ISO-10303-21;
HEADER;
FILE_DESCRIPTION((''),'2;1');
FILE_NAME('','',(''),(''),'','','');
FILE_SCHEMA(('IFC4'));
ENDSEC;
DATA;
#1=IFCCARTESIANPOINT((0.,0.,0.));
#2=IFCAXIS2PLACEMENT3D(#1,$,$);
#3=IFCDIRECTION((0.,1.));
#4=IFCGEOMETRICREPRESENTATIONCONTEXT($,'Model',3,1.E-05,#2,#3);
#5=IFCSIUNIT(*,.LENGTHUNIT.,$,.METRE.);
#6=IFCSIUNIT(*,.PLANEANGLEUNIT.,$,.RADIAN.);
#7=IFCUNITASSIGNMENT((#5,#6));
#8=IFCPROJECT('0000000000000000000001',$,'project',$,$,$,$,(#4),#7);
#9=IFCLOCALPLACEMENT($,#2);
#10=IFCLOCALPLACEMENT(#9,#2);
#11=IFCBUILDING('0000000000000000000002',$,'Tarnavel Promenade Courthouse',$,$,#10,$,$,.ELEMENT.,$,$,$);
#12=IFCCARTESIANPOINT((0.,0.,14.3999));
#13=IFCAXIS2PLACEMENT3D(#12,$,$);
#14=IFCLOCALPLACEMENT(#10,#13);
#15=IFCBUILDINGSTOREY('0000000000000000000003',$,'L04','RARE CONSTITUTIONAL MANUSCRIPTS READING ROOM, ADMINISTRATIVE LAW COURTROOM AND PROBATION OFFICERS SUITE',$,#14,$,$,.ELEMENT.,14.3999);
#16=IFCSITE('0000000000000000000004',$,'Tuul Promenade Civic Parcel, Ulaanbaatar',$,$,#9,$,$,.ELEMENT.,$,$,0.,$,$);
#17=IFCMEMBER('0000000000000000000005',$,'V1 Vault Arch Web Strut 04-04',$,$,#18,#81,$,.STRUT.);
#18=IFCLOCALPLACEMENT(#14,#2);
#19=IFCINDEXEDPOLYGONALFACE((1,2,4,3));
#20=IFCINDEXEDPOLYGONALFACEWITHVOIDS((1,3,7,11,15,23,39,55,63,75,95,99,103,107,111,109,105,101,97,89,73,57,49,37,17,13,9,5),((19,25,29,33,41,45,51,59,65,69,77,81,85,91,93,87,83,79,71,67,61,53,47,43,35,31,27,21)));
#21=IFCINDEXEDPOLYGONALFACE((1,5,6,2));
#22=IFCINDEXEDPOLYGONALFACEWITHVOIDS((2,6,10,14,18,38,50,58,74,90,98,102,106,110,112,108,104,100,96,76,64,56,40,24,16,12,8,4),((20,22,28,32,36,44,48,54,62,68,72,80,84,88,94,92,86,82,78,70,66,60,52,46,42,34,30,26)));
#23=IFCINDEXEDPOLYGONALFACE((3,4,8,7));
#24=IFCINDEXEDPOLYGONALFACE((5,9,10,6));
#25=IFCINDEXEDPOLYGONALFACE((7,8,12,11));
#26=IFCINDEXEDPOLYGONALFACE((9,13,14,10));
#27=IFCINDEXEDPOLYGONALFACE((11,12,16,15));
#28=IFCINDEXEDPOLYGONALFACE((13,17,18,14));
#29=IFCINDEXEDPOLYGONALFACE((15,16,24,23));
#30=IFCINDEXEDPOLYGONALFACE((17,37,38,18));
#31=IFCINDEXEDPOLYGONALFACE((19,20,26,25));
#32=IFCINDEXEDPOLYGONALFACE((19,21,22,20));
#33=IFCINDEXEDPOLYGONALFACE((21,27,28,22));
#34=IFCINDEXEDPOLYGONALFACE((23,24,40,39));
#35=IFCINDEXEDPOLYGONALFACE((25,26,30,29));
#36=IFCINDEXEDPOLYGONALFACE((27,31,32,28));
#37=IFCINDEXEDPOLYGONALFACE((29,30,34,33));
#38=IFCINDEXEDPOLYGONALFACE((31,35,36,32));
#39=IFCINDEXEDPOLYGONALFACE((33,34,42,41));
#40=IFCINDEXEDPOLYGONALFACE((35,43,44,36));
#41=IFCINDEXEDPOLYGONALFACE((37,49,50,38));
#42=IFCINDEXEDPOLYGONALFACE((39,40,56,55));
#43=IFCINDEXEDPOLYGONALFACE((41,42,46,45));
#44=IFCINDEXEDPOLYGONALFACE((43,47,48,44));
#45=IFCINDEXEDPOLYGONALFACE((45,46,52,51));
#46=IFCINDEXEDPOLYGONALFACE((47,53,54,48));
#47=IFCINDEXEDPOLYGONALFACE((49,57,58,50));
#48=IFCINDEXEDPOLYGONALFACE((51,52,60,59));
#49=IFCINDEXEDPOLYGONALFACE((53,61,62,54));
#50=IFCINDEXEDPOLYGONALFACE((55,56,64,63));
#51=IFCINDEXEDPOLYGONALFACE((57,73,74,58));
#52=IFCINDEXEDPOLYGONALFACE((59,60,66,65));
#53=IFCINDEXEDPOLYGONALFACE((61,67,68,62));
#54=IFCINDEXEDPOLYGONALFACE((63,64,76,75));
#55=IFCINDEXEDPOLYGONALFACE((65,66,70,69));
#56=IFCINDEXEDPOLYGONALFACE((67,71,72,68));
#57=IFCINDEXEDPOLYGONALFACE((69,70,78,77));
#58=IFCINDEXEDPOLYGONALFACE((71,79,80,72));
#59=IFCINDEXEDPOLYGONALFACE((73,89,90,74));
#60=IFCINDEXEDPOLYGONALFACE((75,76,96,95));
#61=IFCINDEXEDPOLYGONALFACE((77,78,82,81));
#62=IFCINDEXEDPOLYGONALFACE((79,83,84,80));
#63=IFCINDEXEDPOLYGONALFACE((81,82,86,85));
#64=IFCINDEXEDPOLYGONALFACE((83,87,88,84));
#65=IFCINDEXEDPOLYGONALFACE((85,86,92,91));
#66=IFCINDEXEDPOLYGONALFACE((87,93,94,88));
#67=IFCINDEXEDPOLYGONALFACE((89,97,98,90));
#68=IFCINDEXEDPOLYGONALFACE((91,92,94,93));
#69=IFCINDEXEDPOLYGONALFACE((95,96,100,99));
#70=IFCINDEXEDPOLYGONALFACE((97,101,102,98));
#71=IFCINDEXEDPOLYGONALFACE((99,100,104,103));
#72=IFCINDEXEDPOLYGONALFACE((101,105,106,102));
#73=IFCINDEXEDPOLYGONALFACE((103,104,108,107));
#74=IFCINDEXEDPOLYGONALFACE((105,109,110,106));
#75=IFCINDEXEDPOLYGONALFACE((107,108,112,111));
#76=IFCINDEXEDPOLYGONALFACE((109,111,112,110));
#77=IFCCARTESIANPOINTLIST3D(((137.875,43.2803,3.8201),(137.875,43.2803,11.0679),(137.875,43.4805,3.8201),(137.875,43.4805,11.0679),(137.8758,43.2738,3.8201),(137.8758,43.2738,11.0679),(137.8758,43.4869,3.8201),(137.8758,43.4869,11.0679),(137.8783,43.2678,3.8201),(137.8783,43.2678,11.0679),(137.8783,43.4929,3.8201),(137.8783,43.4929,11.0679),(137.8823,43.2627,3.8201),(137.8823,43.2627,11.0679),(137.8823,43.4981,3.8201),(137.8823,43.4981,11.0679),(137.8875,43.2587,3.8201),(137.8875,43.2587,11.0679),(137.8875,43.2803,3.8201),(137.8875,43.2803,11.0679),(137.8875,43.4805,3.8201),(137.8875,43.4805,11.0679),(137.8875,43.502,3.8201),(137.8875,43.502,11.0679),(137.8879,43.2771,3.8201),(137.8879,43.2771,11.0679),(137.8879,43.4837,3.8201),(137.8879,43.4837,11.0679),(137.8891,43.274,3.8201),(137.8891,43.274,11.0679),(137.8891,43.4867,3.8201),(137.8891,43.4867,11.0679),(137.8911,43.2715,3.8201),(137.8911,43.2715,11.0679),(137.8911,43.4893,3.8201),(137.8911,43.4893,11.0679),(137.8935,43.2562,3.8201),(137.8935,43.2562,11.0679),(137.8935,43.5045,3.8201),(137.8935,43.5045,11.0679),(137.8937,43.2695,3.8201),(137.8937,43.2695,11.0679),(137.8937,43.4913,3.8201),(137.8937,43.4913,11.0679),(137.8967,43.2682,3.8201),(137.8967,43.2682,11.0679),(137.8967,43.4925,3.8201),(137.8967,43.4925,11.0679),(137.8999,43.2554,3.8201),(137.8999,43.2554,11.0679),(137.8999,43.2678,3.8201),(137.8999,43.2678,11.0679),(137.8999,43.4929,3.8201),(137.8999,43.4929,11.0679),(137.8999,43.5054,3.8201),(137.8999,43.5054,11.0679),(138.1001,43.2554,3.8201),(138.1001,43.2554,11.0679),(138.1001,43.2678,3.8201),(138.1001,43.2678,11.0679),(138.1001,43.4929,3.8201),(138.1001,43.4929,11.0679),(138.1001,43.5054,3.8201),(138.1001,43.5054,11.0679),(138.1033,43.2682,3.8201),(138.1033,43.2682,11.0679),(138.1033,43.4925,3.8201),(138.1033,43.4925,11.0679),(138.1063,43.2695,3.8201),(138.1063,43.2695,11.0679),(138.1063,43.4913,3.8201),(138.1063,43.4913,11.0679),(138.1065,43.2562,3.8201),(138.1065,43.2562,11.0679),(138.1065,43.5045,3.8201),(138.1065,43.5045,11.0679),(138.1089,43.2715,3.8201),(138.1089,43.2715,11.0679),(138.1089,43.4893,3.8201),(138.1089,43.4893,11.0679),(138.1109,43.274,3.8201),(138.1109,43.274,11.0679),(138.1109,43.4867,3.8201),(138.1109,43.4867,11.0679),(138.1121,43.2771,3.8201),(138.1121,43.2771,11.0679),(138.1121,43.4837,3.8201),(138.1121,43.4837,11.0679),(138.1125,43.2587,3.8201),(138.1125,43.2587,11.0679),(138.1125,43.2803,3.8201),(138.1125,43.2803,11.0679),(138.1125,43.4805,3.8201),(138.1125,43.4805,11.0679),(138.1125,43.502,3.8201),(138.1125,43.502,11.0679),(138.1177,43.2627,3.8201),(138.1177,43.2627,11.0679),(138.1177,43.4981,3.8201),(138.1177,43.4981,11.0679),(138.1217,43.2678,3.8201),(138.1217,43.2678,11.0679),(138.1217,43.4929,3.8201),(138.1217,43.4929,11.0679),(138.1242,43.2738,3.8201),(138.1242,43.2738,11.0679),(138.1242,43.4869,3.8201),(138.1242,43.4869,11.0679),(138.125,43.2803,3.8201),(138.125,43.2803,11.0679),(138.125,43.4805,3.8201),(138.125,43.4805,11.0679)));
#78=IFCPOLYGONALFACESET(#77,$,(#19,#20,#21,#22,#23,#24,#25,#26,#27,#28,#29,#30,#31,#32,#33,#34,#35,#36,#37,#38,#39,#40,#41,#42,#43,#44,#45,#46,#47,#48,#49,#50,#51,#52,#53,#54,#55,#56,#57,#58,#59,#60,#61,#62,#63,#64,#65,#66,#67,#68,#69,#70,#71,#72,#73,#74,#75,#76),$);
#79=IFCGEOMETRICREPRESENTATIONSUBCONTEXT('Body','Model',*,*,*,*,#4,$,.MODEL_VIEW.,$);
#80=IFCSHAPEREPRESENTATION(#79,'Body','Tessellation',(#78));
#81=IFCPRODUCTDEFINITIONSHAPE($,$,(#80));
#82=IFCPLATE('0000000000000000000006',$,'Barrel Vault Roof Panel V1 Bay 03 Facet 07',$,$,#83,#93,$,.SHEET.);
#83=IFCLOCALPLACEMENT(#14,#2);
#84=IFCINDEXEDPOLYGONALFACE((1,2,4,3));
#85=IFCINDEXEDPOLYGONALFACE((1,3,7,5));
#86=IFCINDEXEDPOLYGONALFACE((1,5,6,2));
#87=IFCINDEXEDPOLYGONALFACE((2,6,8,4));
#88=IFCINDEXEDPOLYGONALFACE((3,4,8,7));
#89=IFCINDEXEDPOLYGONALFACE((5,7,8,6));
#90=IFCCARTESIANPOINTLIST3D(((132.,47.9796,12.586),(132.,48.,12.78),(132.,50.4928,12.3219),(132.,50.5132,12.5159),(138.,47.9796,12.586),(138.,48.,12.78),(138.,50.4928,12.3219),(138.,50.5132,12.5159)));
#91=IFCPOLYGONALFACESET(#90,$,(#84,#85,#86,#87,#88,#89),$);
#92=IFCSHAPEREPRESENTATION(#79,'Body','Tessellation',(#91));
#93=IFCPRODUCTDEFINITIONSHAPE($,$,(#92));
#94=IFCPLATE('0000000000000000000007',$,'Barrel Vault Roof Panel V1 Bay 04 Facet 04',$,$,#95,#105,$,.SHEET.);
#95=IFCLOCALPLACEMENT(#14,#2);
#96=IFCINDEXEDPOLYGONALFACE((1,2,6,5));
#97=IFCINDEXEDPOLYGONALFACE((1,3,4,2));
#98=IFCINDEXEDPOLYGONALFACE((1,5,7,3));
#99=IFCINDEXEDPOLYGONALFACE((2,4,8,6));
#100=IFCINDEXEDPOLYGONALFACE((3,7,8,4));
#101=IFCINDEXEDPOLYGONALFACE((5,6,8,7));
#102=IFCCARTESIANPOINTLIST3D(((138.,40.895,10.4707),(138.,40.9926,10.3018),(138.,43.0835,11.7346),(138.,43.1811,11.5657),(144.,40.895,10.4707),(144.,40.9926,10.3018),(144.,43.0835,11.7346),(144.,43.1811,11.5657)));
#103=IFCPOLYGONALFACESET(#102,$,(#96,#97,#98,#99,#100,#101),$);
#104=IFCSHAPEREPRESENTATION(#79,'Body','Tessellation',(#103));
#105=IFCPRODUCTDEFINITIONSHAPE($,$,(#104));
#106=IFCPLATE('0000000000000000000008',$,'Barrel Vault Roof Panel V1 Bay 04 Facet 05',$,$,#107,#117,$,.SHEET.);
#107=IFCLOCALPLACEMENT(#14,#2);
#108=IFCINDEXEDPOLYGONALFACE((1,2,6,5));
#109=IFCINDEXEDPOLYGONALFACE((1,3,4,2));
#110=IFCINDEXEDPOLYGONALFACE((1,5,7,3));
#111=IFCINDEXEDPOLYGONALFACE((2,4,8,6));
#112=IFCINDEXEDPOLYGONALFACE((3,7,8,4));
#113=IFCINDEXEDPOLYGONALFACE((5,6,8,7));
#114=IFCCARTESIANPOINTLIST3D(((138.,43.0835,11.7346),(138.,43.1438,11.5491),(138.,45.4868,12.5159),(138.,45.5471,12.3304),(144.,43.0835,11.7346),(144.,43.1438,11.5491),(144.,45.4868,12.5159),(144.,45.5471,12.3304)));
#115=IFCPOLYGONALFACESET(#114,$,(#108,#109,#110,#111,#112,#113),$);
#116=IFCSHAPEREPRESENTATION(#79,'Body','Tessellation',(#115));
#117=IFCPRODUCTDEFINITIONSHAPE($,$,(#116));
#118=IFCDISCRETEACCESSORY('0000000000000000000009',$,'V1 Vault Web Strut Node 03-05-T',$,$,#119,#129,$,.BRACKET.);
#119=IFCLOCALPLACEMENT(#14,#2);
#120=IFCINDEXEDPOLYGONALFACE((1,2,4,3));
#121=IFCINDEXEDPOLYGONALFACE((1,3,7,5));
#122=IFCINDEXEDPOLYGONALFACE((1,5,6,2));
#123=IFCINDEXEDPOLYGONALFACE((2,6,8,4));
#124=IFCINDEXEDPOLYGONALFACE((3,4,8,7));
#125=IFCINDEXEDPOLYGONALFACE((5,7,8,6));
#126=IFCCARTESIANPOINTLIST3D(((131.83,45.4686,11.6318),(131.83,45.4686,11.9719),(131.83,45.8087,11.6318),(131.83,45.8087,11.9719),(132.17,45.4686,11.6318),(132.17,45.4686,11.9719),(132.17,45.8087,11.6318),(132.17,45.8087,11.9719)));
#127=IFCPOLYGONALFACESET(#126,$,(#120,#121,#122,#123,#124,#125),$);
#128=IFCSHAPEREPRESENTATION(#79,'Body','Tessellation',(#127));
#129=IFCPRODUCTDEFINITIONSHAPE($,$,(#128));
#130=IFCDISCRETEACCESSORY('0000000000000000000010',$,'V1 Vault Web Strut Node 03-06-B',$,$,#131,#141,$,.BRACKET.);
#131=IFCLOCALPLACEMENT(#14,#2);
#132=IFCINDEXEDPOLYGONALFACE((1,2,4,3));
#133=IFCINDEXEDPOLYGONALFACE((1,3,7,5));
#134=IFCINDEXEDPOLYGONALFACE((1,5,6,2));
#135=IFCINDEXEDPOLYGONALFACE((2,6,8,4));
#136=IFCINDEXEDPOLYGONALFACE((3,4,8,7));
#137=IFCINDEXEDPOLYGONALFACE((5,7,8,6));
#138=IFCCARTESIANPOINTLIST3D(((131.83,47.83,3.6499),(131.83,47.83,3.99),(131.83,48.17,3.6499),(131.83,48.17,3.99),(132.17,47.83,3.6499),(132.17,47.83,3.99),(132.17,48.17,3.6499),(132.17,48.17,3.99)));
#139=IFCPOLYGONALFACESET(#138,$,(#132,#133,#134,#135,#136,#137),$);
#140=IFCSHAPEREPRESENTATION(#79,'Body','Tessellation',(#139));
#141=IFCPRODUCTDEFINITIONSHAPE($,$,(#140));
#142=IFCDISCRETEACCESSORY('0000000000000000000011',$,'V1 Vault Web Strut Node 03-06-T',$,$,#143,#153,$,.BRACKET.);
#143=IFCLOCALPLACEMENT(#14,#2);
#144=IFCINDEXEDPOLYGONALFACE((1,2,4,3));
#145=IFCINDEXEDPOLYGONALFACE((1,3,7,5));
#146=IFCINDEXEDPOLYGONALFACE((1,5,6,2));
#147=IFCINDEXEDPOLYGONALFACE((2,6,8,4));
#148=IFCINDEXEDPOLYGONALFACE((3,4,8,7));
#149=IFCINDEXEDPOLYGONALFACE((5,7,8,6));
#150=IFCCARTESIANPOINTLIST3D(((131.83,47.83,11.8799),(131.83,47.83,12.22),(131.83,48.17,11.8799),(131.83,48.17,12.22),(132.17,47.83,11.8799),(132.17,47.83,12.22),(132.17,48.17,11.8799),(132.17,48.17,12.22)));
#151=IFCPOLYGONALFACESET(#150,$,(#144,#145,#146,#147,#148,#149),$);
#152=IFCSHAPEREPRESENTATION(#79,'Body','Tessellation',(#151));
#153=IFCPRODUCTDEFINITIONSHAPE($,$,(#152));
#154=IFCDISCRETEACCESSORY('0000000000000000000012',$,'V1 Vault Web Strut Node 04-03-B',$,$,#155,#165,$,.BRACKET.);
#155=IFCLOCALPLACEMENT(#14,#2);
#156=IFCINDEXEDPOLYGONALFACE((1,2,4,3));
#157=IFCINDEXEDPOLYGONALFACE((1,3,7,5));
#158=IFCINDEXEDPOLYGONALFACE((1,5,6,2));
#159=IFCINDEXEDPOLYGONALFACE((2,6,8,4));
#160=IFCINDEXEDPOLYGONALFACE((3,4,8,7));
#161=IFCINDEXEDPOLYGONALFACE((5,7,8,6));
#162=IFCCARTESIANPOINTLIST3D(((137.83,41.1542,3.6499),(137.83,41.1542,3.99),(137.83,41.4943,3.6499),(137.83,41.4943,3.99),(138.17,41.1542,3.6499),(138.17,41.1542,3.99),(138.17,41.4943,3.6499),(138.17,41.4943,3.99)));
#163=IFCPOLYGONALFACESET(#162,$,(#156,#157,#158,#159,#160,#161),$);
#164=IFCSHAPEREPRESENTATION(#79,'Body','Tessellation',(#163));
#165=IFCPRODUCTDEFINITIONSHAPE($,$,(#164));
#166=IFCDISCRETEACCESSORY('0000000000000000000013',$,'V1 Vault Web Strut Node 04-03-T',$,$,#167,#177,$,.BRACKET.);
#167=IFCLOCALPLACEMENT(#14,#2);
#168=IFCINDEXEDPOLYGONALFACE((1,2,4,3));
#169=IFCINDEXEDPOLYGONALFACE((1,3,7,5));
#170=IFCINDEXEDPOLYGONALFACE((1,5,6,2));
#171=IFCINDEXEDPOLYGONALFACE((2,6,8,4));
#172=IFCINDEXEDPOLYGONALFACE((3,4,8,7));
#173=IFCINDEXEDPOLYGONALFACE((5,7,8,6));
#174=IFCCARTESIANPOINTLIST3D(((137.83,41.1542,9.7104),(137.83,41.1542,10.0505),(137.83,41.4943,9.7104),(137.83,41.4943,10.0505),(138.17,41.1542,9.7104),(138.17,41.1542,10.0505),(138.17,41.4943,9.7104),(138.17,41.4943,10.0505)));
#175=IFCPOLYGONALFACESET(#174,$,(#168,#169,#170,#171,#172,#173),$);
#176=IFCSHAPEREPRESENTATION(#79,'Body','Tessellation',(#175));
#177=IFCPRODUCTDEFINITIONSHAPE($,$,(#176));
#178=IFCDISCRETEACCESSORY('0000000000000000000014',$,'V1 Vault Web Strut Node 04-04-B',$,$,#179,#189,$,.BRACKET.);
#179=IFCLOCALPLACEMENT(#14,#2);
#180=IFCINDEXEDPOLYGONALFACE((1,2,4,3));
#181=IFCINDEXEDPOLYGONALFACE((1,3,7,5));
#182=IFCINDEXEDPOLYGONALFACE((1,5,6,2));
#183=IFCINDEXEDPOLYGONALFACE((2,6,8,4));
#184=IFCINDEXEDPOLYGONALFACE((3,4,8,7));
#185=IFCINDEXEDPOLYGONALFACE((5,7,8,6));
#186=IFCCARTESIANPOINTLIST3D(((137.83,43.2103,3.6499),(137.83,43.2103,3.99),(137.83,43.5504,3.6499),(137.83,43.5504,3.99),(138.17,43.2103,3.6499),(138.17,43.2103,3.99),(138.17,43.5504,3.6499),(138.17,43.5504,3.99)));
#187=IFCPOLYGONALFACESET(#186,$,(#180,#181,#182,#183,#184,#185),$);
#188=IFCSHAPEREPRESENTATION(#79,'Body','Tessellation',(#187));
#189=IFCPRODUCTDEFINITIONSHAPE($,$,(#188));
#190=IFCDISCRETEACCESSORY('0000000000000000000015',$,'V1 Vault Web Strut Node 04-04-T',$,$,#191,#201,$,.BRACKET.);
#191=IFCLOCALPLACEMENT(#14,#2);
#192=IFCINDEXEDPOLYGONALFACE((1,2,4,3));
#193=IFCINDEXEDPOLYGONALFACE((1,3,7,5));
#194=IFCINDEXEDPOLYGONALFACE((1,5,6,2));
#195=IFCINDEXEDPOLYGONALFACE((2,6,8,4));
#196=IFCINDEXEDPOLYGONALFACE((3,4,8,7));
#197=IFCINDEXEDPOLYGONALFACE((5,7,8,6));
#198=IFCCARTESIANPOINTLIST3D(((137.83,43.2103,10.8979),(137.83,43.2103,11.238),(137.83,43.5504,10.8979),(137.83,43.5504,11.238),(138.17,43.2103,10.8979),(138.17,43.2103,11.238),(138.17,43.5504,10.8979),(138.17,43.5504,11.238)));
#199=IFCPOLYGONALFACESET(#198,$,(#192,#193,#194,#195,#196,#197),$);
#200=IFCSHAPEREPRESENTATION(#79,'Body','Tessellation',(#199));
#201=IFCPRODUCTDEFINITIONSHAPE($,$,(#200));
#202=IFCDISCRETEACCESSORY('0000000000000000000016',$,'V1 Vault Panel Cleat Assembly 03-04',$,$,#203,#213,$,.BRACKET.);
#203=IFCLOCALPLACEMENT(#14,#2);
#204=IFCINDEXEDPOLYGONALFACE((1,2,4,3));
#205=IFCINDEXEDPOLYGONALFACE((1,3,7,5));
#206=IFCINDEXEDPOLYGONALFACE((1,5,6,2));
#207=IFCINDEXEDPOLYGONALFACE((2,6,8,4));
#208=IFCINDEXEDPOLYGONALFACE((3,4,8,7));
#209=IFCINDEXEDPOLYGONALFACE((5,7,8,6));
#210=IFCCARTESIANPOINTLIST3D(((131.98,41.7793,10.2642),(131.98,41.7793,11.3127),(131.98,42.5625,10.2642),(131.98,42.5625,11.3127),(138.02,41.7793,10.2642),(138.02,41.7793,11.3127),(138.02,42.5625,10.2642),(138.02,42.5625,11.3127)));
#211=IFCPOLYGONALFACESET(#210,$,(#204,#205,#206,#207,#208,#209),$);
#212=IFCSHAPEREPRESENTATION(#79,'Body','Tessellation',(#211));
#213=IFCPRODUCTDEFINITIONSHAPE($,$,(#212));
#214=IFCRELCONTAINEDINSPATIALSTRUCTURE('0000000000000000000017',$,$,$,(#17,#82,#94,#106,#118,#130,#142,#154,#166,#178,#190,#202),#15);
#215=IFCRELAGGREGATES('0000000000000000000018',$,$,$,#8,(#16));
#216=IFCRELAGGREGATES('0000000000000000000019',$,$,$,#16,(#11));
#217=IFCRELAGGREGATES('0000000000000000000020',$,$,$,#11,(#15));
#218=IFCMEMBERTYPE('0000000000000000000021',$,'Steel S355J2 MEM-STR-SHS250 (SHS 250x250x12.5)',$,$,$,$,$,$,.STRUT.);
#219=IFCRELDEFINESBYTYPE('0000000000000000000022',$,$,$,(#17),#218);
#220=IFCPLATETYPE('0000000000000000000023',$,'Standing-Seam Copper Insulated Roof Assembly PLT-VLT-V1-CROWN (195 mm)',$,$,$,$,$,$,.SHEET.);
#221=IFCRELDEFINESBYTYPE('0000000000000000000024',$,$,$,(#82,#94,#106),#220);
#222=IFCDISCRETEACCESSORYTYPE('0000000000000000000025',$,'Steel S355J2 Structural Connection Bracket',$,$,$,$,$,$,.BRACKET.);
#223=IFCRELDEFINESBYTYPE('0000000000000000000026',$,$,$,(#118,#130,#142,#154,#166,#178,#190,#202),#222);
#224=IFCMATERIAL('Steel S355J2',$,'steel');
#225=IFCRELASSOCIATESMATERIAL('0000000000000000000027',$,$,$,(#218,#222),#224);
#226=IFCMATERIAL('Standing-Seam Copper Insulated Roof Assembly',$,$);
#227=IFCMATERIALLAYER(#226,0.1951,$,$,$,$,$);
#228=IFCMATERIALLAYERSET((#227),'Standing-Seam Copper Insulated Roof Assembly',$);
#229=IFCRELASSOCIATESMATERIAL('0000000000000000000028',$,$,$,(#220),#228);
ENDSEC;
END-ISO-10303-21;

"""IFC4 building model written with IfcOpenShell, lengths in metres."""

from ifc_helpers import new_model, si_unit, direction, frame, origin, origin_2d, place, context, subcontext, project, spatial, polyline, rectangle, hollow_rectangle, outline, extrude, material, layer, layer_set, material_profile, profile_set, type_object, element, save


model = new_model("IFC4")

# Units and contexts
model_context = context("Model", 3, precision=1e-05, world=origin(), true_north=direction((0.0, 1.0)))
body_context = subcontext(model_context, "Body", "Model", "MODEL_VIEW")
ifc_project = project(units=[si_unit("LENGTHUNIT", "METRE"), si_unit("PLANEANGLEUNIT", "RADIAN")], contexts=[model_context])

# Site, building, storey
site_placement = place(None, origin())
site = spatial("IfcSite", under=ifc_project, at=site_placement, Name="Tuul Promenade Civic Parcel, Ulaanbaatar", CompositionType="ELEMENT", RefElevation=0.0)
building_placement = place(site_placement, origin())
building = spatial("IfcBuilding", under=site, at=building_placement, Name="Tarnavel Promenade Courthouse", CompositionType="ELEMENT")
storey_placement = place(building_placement, frame((0.0, 0.0, 14.3999)))
storey = spatial("IfcBuildingStorey", under=building, at=storey_placement, Name="L04", Description="RARE CONSTITUTIONAL MANUSCRIPTS READING ROOM, ADMINISTRATIVE LAW COURTROOM AND PROBATION OFFICERS SUITE", CompositionType="ELEMENT", Elevation=14.3999)

# Shared definitions
ifc_material_1 = material(Name="Steel S355J2", Category="steel")

# Member
ifc_material_profile_1 = material_profile(ifc_material_1, hollow_rectangle(XDim=0.25, YDim=0.25, WallThickness=0.0125, InnerFilletRadius=0.0125, OuterFilletRadius=0.0249, at=origin_2d()), Name="SHS 250x250x12.5")
ifc_profile_set_1 = profile_set([ifc_material_profile_1], Name="Steel S355J2")
member_type_1 = type_object("IfcMemberType", Name="Steel S355J2 MEM-STR-SHS250 (SHS 250x250x12.5)", PredefinedType="STRUT", material=ifc_profile_set_1)
member_1_placement = place(storey_placement, frame((138.0, 43.3804, 3.8201), z_axis=(0.0, 0.0, 1.0), x_axis=(1.0, 0.0, 0.0)))
element("IfcMember", 1, at=member_1_placement, inside=storey, type_object=member_type_1, Name="V1 Vault Arch Web Strut 04-04", PredefinedType="STRUT", context=body_context, shape_type="SweptSolid", body=[
    extrude(hollow_rectangle(XDim=0.25, YDim=0.25, WallThickness=0.0125, InnerFilletRadius=0.0125, OuterFilletRadius=0.0249, at=origin_2d()), origin(), (0.0, 0.0, 1.0), 7.2478),
])

# Plates
ifc_material_2 = material(Name="Standing-Seam Copper Insulated Roof Assembly")
ifc_layer = layer(ifc_material_2, 0.1951)
ifc_layer_set = layer_set([ifc_layer], Name="Standing-Seam Copper Insulated Roof Assembly")
plate_type = type_object("IfcPlateType", Name="Standing-Seam Copper Insulated Roof Assembly PLT-VLT-V1-CROWN (195 mm)", PredefinedType="SHEET", material=ifc_layer_set)
plate_1_placement = place(storey_placement, frame((132.0, 48.0, 12.78), z_axis=(0.0, 0.104534, 0.994521), x_axis=(1.0, 0.0, 0.0)))
element("IfcPlate", 2, at=plate_1_placement, inside=storey, type_object=plate_type, Name="Barrel Vault Roof Panel V1 Bay 03 Facet 07", PredefinedType="SHEET", context=body_context, shape_type="SweptSolid", body=[
    extrude(outline(polyline([(0.0, 0.0), (6.0, 0.0), (6.0, 2.527), (0.0, 2.527), (0.0, 0.0)])), origin(), (0.0, 0.0, -1.0), 0.1951),
])
plate_2_placement = place(storey_placement, frame((138.0, 40.895, 10.4707), z_axis=(0.0, -0.500118, 0.865957), x_axis=(1.0, 0.0, 0.0)))
element("IfcPlate", 3, at=plate_2_placement, inside=storey, type_object=plate_type, Name="Barrel Vault Roof Panel V1 Bay 04 Facet 04", PredefinedType="SHEET", context=body_context, shape_type="SweptSolid", body=[
    extrude(outline(polyline([(0.0, 0.0), (6.0, 0.0), (6.0, 2.5272), (0.0, 2.5272), (0.0, 0.0)])), origin(), (0.0, 0.0, -1.0), 0.1951),
])
plate_3_placement = place(storey_placement, frame((138.0, 43.0835, 11.7346), z_axis=(0.0, -0.309147, 0.951014), x_axis=(1.0, 0.0, 0.0)))
element("IfcPlate", 4, at=plate_3_placement, inside=storey, type_object=plate_type, Name="Barrel Vault Roof Panel V1 Bay 04 Facet 05", PredefinedType="SHEET", context=body_context, shape_type="SweptSolid", body=[
    extrude(outline(polyline([(0.0, 0.0), (6.0, 0.0), (6.0, 2.5271), (0.0, 2.5271), (0.0, 0.0)])), origin(), (0.0, 0.0, -1.0), 0.1951),
])

# Discrete accessories
discrete_accessory_type = type_object("IfcDiscreteAccessoryType", Name="Steel S355J2 Structural Connection Bracket", PredefinedType="BRACKET", material=ifc_material_1)
for number, where, z_axis, x_axis, name in (
    (5, (132.0, 45.6387, 11.6318), (0.0, 0.0, 1.0), (1.0, 0.0, 0.0), "V1 Vault Web Strut Node 03-05-T"),
    (6, (132.0, 48.0, 3.6499), (0.0, 0.0, 1.0), (1.0, 0.0, 0.0), "V1 Vault Web Strut Node 03-06-B"),
    (7, (132.0, 48.0, 11.8799), (0.0, 0.0, 1.0), (1.0, 0.0, 0.0), "V1 Vault Web Strut Node 03-06-T"),
    (8, (138.0, 41.3242, 3.6499), (0.0, 0.0, 1.0), (1.0, 0.0, 0.0), "V1 Vault Web Strut Node 04-03-B"),
    (9, (138.0, 41.3242, 9.7104), (0.0, 0.0, 1.0), (1.0, 0.0, 0.0), "V1 Vault Web Strut Node 04-03-T"),
    (10, (138.0, 43.3804, 3.6499), (0.0, 0.0, 1.0), (1.0, 0.0, 0.0), "V1 Vault Web Strut Node 04-04-B"),
    (11, (138.0, 43.3804, 10.8979), (0.0, 0.0, 1.0), (1.0, 0.0, 0.0), "V1 Vault Web Strut Node 04-04-T"),
):
    element("IfcDiscreteAccessory", number, at=place(storey_placement, frame(where, z_axis=z_axis, x_axis=x_axis)), inside=storey, type_object=discrete_accessory_type, Name=name, PredefinedType="BRACKET", context=body_context, shape_type="SweptSolid", body=[
        extrude(rectangle(XDim=0.3401, YDim=0.3401, at=origin_2d()), origin(), (0.0, 0.0, 1.0), 0.3401),
    ])
discrete_accessory_1_placement = place(storey_placement, frame((135.0, 42.1709, 10.2642), z_axis=(0.0, 0.0, 1.0), x_axis=(1.0, 0.0, 0.0)))
element("IfcDiscreteAccessory", 12, at=discrete_accessory_1_placement, inside=storey, type_object=discrete_accessory_type, Name="V1 Vault Panel Cleat Assembly 03-04", PredefinedType="BRACKET", context=body_context, shape_type="SweptSolid", body=[
    extrude(rectangle(XDim=6.04, YDim=0.7832, at=origin_2d()), origin(), (0.0, 0.0, 1.0), 1.0486),
])

save(model, "model.ifc")
